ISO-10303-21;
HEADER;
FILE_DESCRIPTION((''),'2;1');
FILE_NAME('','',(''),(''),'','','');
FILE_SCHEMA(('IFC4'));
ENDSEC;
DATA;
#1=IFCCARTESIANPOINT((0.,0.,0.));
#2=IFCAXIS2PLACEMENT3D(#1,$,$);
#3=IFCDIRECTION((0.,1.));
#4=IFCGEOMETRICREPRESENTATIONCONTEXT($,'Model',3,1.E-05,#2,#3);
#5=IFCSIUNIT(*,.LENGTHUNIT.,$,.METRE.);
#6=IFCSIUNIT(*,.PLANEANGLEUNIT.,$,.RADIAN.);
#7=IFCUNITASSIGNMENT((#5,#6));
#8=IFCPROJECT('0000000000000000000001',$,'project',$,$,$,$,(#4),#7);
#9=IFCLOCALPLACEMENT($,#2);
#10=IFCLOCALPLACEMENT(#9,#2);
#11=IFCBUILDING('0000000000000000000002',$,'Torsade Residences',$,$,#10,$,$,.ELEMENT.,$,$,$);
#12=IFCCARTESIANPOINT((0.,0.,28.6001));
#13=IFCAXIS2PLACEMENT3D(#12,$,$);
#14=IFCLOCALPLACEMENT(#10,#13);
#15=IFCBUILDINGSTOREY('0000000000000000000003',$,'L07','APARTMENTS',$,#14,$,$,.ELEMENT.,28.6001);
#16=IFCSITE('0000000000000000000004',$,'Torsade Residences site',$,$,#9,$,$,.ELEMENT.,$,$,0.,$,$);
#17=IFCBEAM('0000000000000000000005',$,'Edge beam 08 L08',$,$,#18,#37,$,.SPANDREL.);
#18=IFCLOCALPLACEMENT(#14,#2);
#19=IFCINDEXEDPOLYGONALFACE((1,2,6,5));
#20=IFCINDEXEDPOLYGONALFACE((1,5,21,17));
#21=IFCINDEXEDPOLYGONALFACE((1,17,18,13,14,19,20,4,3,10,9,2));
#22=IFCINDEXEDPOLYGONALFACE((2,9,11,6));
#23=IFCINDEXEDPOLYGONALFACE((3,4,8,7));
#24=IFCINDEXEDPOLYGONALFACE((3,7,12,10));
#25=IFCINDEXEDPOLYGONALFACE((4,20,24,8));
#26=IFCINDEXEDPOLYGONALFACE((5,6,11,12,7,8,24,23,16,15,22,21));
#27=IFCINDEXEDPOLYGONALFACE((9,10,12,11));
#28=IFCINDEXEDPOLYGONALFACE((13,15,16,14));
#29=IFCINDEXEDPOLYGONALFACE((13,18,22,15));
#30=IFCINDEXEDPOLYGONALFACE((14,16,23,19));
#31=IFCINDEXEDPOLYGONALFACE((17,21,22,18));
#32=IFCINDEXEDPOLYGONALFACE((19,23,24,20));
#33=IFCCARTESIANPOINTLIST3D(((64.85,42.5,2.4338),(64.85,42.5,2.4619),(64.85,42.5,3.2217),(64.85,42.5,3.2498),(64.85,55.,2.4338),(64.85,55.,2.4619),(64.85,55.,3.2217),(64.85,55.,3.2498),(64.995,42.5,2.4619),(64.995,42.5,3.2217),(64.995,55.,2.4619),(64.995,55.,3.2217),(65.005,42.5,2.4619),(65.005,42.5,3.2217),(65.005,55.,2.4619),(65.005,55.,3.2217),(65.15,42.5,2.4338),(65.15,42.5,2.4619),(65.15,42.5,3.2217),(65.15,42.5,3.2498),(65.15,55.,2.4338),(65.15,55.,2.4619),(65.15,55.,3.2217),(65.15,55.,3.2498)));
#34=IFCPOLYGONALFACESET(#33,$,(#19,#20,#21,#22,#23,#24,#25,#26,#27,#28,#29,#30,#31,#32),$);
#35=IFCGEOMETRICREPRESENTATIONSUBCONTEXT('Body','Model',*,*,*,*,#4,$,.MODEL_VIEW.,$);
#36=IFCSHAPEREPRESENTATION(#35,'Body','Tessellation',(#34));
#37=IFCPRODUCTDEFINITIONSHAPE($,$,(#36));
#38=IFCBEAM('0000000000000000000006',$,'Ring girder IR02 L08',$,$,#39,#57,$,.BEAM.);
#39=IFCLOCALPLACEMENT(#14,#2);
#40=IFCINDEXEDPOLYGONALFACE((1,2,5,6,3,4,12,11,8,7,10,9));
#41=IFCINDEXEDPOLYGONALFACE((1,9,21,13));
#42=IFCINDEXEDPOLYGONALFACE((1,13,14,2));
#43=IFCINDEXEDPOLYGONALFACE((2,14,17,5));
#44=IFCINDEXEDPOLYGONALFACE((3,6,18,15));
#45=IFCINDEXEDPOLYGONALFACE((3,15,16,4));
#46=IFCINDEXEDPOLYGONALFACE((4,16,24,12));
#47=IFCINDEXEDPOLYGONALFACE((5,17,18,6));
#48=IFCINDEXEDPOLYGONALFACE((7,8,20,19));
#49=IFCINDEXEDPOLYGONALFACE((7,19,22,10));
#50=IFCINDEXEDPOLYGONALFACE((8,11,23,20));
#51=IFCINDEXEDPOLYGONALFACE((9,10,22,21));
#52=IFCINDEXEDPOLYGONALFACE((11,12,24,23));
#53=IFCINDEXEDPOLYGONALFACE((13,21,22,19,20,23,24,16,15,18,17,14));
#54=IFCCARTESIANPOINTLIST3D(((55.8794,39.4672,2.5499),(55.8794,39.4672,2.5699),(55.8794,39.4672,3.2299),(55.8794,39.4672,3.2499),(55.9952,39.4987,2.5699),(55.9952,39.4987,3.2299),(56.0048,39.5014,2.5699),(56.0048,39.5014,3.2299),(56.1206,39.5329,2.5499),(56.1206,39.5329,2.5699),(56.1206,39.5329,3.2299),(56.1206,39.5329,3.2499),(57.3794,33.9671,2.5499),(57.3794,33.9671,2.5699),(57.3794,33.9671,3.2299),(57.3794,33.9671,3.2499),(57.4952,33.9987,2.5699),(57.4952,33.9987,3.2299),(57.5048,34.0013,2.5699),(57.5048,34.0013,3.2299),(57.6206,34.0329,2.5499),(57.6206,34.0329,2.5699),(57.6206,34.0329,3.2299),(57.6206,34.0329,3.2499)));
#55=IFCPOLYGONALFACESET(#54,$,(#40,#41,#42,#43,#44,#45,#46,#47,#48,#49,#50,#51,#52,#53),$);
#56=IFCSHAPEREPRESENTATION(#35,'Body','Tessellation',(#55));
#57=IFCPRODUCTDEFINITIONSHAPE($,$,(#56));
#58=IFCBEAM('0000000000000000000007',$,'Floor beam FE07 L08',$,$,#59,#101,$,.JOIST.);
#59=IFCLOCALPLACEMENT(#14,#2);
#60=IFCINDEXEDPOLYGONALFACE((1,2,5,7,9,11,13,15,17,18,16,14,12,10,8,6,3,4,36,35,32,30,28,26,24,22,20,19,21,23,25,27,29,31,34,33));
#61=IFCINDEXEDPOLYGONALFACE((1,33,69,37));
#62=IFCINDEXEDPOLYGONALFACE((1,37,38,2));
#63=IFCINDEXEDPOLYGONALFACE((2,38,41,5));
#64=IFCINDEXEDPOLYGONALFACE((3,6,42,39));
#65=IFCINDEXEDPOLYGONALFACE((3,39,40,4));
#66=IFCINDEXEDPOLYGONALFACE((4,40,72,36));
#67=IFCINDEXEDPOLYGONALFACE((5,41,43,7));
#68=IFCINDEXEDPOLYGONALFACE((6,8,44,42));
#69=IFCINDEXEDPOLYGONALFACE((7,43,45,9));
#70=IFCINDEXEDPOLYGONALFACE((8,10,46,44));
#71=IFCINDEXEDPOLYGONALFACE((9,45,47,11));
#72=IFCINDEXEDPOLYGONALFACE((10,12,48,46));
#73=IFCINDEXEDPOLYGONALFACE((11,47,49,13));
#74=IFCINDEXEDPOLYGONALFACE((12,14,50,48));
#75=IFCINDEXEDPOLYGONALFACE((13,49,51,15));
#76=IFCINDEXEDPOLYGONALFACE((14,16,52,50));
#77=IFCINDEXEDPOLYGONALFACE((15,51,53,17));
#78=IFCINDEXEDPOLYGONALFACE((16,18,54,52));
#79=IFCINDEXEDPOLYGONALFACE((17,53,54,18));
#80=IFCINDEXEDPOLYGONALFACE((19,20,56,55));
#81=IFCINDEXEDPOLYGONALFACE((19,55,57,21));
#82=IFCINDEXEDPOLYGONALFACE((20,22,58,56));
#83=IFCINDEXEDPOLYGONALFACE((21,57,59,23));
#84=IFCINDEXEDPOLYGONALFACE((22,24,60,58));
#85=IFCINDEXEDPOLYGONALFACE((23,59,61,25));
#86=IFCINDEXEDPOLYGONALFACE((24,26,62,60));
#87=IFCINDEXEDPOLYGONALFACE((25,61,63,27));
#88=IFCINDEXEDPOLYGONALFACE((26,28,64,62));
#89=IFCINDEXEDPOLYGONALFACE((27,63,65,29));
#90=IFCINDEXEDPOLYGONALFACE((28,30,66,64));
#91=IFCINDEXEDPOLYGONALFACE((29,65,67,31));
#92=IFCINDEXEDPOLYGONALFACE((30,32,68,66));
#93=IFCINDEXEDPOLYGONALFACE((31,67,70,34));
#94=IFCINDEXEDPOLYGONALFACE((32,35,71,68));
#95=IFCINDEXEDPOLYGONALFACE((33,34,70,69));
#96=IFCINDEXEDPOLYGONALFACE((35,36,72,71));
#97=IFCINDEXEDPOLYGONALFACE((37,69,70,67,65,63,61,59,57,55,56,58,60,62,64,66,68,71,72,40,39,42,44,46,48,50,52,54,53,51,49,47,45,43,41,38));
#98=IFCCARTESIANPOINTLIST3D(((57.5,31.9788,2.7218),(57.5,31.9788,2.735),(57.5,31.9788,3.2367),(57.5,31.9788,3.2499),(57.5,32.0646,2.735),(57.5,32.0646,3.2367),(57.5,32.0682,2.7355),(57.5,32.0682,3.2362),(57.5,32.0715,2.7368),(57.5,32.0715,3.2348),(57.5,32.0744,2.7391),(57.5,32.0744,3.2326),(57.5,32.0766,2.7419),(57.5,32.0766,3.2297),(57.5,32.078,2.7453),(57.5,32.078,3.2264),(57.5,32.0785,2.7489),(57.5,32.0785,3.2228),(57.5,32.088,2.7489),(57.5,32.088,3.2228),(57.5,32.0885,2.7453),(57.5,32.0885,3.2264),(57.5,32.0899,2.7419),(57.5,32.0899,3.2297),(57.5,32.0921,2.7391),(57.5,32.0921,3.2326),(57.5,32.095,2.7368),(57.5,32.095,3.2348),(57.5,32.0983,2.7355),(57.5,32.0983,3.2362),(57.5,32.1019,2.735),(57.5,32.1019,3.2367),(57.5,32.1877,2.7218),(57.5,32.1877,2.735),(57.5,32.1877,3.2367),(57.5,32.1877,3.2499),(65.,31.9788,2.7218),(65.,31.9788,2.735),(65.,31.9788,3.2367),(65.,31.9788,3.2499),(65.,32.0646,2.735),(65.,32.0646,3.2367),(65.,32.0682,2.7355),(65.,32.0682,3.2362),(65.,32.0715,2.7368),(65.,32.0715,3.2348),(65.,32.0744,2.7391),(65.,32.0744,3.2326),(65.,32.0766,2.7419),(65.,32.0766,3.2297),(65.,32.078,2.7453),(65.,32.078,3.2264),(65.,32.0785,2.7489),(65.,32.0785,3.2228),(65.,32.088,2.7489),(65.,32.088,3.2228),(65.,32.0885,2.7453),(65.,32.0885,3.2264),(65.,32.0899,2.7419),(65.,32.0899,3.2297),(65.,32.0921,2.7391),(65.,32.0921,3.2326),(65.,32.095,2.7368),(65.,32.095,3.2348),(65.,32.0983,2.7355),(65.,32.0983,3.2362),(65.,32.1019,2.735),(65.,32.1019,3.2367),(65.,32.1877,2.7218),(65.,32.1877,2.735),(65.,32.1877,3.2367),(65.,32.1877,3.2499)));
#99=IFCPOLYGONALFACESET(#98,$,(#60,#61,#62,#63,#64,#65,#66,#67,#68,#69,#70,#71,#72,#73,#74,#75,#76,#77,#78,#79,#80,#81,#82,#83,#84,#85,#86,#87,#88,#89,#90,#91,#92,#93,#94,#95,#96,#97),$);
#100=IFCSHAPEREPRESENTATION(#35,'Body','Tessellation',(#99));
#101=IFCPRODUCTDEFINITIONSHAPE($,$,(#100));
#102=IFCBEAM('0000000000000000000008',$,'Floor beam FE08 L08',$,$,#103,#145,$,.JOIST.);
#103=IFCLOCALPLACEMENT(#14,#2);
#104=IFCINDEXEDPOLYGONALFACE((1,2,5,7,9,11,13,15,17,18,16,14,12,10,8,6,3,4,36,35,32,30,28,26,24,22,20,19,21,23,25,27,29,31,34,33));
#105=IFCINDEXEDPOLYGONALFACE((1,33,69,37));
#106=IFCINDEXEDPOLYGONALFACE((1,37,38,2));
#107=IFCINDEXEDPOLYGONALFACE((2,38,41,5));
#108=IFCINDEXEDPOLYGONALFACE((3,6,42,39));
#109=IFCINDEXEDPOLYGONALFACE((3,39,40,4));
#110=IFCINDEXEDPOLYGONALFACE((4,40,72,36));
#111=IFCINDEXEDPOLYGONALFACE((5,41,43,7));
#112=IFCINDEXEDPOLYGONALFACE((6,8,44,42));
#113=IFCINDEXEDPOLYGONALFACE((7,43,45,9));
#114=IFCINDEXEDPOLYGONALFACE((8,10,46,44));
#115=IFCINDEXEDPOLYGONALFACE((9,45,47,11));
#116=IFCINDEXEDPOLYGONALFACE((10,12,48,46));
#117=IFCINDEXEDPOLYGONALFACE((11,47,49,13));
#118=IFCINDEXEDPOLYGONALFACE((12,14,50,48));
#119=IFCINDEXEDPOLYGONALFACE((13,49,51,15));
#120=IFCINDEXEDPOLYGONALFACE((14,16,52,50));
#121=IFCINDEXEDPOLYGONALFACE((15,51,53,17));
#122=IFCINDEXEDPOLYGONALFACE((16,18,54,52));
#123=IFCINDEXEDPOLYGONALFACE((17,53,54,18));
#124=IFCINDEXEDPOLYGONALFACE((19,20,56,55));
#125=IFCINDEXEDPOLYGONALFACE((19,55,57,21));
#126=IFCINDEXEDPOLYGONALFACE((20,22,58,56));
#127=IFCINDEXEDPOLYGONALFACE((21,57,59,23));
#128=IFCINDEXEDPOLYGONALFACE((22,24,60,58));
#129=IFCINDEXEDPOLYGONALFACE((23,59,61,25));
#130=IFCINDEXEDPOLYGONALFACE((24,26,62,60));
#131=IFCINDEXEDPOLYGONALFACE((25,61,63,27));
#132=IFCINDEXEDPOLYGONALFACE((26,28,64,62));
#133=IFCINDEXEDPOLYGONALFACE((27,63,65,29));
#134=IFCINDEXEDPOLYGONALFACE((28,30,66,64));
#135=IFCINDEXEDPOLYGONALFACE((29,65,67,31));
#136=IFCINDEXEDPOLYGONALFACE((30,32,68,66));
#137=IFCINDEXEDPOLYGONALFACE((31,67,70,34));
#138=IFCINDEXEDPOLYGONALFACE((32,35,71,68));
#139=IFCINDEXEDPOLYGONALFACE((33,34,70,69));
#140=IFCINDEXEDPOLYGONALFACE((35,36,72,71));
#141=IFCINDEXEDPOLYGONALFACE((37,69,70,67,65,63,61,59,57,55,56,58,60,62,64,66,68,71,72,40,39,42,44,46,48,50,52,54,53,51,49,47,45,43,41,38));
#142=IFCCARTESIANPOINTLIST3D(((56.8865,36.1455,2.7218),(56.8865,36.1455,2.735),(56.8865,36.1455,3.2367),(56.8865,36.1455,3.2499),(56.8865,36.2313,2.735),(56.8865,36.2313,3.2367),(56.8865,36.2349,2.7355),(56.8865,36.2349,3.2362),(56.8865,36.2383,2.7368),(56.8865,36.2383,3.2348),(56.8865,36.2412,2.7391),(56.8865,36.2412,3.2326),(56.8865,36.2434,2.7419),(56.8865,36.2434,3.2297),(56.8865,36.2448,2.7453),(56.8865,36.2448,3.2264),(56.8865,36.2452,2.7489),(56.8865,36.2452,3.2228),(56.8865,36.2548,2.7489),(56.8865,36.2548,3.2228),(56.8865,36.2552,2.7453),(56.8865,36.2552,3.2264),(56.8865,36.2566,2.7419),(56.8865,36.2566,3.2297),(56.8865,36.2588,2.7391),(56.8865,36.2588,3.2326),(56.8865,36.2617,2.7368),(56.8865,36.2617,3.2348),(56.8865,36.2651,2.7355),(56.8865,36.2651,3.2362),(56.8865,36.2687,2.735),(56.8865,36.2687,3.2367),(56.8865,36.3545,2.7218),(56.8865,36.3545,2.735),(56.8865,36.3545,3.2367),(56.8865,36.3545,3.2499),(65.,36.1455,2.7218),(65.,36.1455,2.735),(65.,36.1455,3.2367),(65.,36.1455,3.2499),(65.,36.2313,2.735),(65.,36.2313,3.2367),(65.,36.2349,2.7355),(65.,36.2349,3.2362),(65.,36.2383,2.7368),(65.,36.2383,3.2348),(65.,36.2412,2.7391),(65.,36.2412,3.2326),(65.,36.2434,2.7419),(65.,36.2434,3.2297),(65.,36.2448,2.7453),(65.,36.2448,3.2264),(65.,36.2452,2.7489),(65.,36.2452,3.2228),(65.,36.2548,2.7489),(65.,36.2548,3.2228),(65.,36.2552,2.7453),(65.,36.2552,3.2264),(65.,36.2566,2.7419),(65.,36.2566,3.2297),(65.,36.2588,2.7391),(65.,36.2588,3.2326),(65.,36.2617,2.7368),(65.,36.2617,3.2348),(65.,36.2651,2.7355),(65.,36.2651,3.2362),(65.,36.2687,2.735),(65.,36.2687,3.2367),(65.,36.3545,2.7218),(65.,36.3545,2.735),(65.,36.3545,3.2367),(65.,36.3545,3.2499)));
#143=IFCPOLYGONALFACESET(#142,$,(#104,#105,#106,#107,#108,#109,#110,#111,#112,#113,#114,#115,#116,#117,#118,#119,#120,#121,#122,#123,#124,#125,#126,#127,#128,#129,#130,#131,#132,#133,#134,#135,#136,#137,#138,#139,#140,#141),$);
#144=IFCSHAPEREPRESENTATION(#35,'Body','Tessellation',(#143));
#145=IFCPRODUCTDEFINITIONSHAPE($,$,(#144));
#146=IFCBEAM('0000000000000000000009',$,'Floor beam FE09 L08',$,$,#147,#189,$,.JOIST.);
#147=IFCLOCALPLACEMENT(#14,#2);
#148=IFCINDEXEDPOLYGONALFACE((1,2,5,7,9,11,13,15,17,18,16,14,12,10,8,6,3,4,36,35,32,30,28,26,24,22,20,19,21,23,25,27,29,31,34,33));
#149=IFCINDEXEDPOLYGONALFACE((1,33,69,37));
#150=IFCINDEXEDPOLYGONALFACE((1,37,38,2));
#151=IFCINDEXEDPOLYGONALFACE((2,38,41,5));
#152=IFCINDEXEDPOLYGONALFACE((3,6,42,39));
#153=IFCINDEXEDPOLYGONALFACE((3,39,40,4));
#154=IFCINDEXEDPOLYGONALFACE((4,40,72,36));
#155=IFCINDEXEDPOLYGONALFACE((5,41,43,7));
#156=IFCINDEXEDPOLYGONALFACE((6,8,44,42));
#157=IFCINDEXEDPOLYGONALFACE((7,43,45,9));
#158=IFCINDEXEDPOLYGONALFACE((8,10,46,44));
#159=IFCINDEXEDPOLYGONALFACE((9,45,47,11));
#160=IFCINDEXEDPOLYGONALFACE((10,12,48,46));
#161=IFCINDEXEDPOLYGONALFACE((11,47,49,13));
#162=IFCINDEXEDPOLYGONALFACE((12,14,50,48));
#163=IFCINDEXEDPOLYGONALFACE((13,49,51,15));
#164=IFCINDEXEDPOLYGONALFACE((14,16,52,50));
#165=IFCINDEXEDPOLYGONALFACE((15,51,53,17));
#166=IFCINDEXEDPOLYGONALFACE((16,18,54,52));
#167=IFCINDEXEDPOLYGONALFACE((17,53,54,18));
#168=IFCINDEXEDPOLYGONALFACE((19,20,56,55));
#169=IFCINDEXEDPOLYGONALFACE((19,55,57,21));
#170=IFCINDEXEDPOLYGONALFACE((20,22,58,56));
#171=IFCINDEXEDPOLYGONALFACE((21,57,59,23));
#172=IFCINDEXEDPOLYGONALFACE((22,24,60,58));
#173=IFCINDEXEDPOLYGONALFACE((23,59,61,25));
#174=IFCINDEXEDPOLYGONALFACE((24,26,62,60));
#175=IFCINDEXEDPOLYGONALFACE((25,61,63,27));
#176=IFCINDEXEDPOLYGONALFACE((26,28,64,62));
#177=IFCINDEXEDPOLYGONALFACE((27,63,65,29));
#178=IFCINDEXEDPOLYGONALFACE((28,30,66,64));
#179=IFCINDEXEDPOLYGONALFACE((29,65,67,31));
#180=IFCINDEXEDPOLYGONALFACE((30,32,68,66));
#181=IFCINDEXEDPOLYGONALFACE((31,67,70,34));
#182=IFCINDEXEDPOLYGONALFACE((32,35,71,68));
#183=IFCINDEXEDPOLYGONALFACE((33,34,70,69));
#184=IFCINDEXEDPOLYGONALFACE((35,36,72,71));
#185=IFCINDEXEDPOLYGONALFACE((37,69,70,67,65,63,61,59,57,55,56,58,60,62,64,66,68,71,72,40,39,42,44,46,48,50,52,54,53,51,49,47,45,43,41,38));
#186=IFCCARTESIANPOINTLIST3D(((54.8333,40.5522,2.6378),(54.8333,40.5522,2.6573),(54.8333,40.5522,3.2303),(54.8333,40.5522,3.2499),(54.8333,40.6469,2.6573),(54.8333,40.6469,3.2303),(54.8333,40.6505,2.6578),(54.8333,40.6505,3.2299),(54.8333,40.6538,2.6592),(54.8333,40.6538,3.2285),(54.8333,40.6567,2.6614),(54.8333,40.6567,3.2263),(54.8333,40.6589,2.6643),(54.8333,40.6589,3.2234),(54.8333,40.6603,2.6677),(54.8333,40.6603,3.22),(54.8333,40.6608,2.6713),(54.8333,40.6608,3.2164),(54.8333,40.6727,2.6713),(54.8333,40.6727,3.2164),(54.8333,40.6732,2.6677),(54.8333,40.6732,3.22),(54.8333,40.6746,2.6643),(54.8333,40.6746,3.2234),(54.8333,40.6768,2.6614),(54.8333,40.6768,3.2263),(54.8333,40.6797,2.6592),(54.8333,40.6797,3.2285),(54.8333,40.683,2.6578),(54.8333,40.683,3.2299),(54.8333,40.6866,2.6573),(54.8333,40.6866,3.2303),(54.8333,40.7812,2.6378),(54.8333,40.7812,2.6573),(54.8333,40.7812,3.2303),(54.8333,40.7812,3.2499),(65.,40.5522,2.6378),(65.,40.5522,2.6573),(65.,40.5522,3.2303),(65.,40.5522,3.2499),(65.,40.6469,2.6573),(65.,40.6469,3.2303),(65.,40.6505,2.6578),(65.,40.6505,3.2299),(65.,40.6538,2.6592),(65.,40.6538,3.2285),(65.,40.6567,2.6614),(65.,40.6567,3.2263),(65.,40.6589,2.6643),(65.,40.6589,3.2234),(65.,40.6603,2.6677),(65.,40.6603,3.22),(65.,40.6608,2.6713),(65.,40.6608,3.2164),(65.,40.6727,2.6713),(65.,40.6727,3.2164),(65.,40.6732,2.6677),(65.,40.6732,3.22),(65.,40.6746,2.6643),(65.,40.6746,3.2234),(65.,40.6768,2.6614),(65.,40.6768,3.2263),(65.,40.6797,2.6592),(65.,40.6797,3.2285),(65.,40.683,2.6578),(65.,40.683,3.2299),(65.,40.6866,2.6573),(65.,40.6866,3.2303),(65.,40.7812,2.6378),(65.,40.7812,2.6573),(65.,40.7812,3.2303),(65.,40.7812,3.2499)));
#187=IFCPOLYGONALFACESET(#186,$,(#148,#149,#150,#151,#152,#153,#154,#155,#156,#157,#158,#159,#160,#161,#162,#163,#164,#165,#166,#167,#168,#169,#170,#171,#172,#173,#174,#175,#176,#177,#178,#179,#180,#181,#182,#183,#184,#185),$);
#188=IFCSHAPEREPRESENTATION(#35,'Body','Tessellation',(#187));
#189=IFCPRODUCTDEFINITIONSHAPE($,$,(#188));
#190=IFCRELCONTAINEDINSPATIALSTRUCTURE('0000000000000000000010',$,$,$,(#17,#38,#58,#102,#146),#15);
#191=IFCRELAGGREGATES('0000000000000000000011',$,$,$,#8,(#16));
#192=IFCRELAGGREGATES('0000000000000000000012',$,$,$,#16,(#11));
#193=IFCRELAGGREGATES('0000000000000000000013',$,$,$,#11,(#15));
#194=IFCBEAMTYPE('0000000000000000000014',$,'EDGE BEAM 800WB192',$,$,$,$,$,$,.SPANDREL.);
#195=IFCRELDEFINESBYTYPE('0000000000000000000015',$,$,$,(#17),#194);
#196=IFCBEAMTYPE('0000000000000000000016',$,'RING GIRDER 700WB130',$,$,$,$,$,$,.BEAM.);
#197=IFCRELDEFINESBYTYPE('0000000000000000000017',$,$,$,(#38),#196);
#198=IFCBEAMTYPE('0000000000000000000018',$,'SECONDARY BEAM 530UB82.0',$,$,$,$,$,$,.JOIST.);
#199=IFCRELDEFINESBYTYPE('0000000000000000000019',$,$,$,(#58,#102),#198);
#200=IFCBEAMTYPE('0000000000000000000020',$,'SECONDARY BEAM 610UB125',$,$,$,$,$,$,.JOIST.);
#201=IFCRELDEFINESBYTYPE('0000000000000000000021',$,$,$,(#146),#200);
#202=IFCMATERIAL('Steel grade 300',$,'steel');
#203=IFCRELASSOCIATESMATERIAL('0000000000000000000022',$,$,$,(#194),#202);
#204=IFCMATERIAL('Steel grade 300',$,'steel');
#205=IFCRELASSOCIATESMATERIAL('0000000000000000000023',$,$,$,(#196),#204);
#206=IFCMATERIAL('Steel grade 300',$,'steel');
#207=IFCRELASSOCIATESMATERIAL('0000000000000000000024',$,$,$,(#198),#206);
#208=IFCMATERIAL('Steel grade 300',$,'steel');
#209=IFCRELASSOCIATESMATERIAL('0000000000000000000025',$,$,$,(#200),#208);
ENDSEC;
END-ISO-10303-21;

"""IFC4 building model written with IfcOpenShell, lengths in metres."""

from ifc_helpers import new_model, si_unit, direction, frame, origin, origin_2d, place, context, subcontext, project, spatial, i_section, extrude, material, material_profile, profile_set, type_object, element, save


model = new_model("IFC4")

# Units and contexts
model_context = context("Model", 3, precision=1e-05, world=origin(), true_north=direction((0.0, 1.0)))
body_context = subcontext(model_context, "Body", "Model", "MODEL_VIEW")
ifc_project = project(units=[si_unit("LENGTHUNIT", "METRE"), si_unit("PLANEANGLEUNIT", "RADIAN")], contexts=[model_context])

# Site, building, storey
site_placement = place(None, origin())
site = spatial("IfcSite", under=ifc_project, at=site_placement, Name="Torsade Residences site", CompositionType="ELEMENT", RefElevation=0.0)
building_placement = place(site_placement, origin())
building = spatial("IfcBuilding", under=site, at=building_placement, Name="Torsade Residences", CompositionType="ELEMENT")
storey_placement = place(building_placement, frame((0.0, 0.0, 28.6001)))
storey = spatial("IfcBuildingStorey", under=building, at=storey_placement, Name="L07", Description="APARTMENTS", CompositionType="ELEMENT", Elevation=28.6001)

# Beams
ifc_material_1 = material(Name="Steel grade 300", Category="steel")
ifc_material_profile_1 = material_profile(ifc_material_1, i_section(OverallWidth=0.3, OverallDepth=0.8159, WebThickness=0.01, FlangeThickness=0.0281, at=origin_2d()), Name="800WB192")
ifc_profile_set_1 = profile_set([ifc_material_profile_1], Name="Steel grade 300")
beam_type_1 = type_object("IfcBeamType", Name="EDGE BEAM 800WB192", PredefinedType="SPANDREL", material=ifc_profile_set_1)
for number, where, z_axis, x_axis, name in (
    (1, (65.0, 42.5, 2.8418), (0.0, 1.0, 0.0), (-1.0, 0.0, 0.0), "Edge beam 08 L08"),
):
    element("IfcBeam", number, at=place(storey_placement, frame(where, z_axis=z_axis, x_axis=x_axis)), inside=storey, type_object=beam_type_1, Name=name, PredefinedType="SPANDREL", context=body_context, shape_type="SweptSolid", body=[
        extrude(i_section(OverallWidth=0.3, OverallDepth=0.8159, WebThickness=0.01, FlangeThickness=0.0281, at=origin_2d()), origin(), (0.0, 0.0, 1.0), 12.5),
    ])
ifc_material_2 = material(Name="Steel grade 300", Category="steel")
ifc_material_profile_2 = material_profile(ifc_material_2, i_section(OverallWidth=0.25, OverallDepth=0.7, WebThickness=0.01, FlangeThickness=0.02, at=origin_2d()), Name="700WB130")
ifc_profile_set_2 = profile_set([ifc_material_profile_2], Name="Steel grade 300")
beam_type_2 = type_object("IfcBeamType", Name="RING GIRDER 700WB130", PredefinedType="BEAM", material=ifc_profile_set_2)
beam_1_placement = place(storey_placement, frame((57.5, 34.0, 2.8999), z_axis=(-0.263117, 0.964764, 0.0), x_axis=(-0.964764, -0.263117, 0.0)))
element("IfcBeam", 2, at=beam_1_placement, inside=storey, type_object=beam_type_2, Name="Ring girder IR02 L08", PredefinedType="BEAM", context=body_context, shape_type="SweptSolid", body=[
    extrude(i_section(OverallWidth=0.25, OverallDepth=0.7, WebThickness=0.01, FlangeThickness=0.02, at=origin_2d()), origin(), (0.0, 0.0, 1.0), 5.7009),
])
ifc_material_3 = material(Name="Steel grade 300", Category="steel")
ifc_material_profile_3 = material_profile(ifc_material_3, i_section(OverallWidth=0.209, OverallDepth=0.5281, WebThickness=0.0095, FlangeThickness=0.0132, FilletRadius=0.0139, at=origin_2d()), Name="530UB82.0")
ifc_profile_set_3 = profile_set([ifc_material_profile_3], Name="Steel grade 300")
beam_type_3 = type_object("IfcBeamType", Name="SECONDARY BEAM 530UB82.0", PredefinedType="JOIST", material=ifc_profile_set_3)
beam_2_placement = place(storey_placement, frame((65.0, 32.0833, 2.9858), z_axis=(-1.0, 0.0, 0.0), x_axis=(0.0, -1.0, 0.0)))
element("IfcBeam", 3, at=beam_2_placement, inside=storey, type_object=beam_type_3, Name="Floor beam FE07 L08", PredefinedType="JOIST", context=body_context, shape_type="SweptSolid", body=[
    extrude(i_section(OverallWidth=0.209, OverallDepth=0.5281, WebThickness=0.0095, FlangeThickness=0.0132, FilletRadius=0.0139, at=origin_2d()), origin(), (0.0, 0.0, 1.0), 7.5),
])
beam_3_placement = place(storey_placement, frame((65.0, 36.25, 2.9858), z_axis=(-1.0, 0.0, 0.0), x_axis=(0.0, -1.0, 0.0)))
element("IfcBeam", 4, at=beam_3_placement, inside=storey, type_object=beam_type_3, Name="Floor beam FE08 L08", PredefinedType="JOIST", context=body_context, shape_type="SweptSolid", body=[
    extrude(i_section(OverallWidth=0.209, OverallDepth=0.5281, WebThickness=0.0095, FlangeThickness=0.0132, FilletRadius=0.0139, at=origin_2d()), origin(), (0.0, 0.0, 1.0), 8.1135),
])
ifc_material_4 = material(Name="Steel grade 300", Category="steel")
ifc_material_profile_4 = material_profile(ifc_material_4, i_section(OverallWidth=0.229, OverallDepth=0.6121, WebThickness=0.012, FlangeThickness=0.0195, FilletRadius=0.0139, at=origin_2d()), Name="610UB125")
ifc_profile_set_4 = profile_set([ifc_material_profile_4], Name="Steel grade 300")
beam_type_4 = type_object("IfcBeamType", Name="SECONDARY BEAM 610UB125", PredefinedType="JOIST", material=ifc_profile_set_4)
beam_4_placement = place(storey_placement, frame((65.0, 40.6667, 2.9438), z_axis=(-1.0, 0.0, 0.0), x_axis=(0.0, -1.0, 0.0)))
element("IfcBeam", 5, at=beam_4_placement, inside=storey, type_object=beam_type_4, Name="Floor beam FE09 L08", PredefinedType="JOIST", context=body_context, shape_type="SweptSolid", body=[
    extrude(i_section(OverallWidth=0.229, OverallDepth=0.6121, WebThickness=0.012, FlangeThickness=0.0195, FilletRadius=0.0139, at=origin_2d()), origin(), (0.0, 0.0, 1.0), 10.1667),
])

save(model, "model.ifc")
